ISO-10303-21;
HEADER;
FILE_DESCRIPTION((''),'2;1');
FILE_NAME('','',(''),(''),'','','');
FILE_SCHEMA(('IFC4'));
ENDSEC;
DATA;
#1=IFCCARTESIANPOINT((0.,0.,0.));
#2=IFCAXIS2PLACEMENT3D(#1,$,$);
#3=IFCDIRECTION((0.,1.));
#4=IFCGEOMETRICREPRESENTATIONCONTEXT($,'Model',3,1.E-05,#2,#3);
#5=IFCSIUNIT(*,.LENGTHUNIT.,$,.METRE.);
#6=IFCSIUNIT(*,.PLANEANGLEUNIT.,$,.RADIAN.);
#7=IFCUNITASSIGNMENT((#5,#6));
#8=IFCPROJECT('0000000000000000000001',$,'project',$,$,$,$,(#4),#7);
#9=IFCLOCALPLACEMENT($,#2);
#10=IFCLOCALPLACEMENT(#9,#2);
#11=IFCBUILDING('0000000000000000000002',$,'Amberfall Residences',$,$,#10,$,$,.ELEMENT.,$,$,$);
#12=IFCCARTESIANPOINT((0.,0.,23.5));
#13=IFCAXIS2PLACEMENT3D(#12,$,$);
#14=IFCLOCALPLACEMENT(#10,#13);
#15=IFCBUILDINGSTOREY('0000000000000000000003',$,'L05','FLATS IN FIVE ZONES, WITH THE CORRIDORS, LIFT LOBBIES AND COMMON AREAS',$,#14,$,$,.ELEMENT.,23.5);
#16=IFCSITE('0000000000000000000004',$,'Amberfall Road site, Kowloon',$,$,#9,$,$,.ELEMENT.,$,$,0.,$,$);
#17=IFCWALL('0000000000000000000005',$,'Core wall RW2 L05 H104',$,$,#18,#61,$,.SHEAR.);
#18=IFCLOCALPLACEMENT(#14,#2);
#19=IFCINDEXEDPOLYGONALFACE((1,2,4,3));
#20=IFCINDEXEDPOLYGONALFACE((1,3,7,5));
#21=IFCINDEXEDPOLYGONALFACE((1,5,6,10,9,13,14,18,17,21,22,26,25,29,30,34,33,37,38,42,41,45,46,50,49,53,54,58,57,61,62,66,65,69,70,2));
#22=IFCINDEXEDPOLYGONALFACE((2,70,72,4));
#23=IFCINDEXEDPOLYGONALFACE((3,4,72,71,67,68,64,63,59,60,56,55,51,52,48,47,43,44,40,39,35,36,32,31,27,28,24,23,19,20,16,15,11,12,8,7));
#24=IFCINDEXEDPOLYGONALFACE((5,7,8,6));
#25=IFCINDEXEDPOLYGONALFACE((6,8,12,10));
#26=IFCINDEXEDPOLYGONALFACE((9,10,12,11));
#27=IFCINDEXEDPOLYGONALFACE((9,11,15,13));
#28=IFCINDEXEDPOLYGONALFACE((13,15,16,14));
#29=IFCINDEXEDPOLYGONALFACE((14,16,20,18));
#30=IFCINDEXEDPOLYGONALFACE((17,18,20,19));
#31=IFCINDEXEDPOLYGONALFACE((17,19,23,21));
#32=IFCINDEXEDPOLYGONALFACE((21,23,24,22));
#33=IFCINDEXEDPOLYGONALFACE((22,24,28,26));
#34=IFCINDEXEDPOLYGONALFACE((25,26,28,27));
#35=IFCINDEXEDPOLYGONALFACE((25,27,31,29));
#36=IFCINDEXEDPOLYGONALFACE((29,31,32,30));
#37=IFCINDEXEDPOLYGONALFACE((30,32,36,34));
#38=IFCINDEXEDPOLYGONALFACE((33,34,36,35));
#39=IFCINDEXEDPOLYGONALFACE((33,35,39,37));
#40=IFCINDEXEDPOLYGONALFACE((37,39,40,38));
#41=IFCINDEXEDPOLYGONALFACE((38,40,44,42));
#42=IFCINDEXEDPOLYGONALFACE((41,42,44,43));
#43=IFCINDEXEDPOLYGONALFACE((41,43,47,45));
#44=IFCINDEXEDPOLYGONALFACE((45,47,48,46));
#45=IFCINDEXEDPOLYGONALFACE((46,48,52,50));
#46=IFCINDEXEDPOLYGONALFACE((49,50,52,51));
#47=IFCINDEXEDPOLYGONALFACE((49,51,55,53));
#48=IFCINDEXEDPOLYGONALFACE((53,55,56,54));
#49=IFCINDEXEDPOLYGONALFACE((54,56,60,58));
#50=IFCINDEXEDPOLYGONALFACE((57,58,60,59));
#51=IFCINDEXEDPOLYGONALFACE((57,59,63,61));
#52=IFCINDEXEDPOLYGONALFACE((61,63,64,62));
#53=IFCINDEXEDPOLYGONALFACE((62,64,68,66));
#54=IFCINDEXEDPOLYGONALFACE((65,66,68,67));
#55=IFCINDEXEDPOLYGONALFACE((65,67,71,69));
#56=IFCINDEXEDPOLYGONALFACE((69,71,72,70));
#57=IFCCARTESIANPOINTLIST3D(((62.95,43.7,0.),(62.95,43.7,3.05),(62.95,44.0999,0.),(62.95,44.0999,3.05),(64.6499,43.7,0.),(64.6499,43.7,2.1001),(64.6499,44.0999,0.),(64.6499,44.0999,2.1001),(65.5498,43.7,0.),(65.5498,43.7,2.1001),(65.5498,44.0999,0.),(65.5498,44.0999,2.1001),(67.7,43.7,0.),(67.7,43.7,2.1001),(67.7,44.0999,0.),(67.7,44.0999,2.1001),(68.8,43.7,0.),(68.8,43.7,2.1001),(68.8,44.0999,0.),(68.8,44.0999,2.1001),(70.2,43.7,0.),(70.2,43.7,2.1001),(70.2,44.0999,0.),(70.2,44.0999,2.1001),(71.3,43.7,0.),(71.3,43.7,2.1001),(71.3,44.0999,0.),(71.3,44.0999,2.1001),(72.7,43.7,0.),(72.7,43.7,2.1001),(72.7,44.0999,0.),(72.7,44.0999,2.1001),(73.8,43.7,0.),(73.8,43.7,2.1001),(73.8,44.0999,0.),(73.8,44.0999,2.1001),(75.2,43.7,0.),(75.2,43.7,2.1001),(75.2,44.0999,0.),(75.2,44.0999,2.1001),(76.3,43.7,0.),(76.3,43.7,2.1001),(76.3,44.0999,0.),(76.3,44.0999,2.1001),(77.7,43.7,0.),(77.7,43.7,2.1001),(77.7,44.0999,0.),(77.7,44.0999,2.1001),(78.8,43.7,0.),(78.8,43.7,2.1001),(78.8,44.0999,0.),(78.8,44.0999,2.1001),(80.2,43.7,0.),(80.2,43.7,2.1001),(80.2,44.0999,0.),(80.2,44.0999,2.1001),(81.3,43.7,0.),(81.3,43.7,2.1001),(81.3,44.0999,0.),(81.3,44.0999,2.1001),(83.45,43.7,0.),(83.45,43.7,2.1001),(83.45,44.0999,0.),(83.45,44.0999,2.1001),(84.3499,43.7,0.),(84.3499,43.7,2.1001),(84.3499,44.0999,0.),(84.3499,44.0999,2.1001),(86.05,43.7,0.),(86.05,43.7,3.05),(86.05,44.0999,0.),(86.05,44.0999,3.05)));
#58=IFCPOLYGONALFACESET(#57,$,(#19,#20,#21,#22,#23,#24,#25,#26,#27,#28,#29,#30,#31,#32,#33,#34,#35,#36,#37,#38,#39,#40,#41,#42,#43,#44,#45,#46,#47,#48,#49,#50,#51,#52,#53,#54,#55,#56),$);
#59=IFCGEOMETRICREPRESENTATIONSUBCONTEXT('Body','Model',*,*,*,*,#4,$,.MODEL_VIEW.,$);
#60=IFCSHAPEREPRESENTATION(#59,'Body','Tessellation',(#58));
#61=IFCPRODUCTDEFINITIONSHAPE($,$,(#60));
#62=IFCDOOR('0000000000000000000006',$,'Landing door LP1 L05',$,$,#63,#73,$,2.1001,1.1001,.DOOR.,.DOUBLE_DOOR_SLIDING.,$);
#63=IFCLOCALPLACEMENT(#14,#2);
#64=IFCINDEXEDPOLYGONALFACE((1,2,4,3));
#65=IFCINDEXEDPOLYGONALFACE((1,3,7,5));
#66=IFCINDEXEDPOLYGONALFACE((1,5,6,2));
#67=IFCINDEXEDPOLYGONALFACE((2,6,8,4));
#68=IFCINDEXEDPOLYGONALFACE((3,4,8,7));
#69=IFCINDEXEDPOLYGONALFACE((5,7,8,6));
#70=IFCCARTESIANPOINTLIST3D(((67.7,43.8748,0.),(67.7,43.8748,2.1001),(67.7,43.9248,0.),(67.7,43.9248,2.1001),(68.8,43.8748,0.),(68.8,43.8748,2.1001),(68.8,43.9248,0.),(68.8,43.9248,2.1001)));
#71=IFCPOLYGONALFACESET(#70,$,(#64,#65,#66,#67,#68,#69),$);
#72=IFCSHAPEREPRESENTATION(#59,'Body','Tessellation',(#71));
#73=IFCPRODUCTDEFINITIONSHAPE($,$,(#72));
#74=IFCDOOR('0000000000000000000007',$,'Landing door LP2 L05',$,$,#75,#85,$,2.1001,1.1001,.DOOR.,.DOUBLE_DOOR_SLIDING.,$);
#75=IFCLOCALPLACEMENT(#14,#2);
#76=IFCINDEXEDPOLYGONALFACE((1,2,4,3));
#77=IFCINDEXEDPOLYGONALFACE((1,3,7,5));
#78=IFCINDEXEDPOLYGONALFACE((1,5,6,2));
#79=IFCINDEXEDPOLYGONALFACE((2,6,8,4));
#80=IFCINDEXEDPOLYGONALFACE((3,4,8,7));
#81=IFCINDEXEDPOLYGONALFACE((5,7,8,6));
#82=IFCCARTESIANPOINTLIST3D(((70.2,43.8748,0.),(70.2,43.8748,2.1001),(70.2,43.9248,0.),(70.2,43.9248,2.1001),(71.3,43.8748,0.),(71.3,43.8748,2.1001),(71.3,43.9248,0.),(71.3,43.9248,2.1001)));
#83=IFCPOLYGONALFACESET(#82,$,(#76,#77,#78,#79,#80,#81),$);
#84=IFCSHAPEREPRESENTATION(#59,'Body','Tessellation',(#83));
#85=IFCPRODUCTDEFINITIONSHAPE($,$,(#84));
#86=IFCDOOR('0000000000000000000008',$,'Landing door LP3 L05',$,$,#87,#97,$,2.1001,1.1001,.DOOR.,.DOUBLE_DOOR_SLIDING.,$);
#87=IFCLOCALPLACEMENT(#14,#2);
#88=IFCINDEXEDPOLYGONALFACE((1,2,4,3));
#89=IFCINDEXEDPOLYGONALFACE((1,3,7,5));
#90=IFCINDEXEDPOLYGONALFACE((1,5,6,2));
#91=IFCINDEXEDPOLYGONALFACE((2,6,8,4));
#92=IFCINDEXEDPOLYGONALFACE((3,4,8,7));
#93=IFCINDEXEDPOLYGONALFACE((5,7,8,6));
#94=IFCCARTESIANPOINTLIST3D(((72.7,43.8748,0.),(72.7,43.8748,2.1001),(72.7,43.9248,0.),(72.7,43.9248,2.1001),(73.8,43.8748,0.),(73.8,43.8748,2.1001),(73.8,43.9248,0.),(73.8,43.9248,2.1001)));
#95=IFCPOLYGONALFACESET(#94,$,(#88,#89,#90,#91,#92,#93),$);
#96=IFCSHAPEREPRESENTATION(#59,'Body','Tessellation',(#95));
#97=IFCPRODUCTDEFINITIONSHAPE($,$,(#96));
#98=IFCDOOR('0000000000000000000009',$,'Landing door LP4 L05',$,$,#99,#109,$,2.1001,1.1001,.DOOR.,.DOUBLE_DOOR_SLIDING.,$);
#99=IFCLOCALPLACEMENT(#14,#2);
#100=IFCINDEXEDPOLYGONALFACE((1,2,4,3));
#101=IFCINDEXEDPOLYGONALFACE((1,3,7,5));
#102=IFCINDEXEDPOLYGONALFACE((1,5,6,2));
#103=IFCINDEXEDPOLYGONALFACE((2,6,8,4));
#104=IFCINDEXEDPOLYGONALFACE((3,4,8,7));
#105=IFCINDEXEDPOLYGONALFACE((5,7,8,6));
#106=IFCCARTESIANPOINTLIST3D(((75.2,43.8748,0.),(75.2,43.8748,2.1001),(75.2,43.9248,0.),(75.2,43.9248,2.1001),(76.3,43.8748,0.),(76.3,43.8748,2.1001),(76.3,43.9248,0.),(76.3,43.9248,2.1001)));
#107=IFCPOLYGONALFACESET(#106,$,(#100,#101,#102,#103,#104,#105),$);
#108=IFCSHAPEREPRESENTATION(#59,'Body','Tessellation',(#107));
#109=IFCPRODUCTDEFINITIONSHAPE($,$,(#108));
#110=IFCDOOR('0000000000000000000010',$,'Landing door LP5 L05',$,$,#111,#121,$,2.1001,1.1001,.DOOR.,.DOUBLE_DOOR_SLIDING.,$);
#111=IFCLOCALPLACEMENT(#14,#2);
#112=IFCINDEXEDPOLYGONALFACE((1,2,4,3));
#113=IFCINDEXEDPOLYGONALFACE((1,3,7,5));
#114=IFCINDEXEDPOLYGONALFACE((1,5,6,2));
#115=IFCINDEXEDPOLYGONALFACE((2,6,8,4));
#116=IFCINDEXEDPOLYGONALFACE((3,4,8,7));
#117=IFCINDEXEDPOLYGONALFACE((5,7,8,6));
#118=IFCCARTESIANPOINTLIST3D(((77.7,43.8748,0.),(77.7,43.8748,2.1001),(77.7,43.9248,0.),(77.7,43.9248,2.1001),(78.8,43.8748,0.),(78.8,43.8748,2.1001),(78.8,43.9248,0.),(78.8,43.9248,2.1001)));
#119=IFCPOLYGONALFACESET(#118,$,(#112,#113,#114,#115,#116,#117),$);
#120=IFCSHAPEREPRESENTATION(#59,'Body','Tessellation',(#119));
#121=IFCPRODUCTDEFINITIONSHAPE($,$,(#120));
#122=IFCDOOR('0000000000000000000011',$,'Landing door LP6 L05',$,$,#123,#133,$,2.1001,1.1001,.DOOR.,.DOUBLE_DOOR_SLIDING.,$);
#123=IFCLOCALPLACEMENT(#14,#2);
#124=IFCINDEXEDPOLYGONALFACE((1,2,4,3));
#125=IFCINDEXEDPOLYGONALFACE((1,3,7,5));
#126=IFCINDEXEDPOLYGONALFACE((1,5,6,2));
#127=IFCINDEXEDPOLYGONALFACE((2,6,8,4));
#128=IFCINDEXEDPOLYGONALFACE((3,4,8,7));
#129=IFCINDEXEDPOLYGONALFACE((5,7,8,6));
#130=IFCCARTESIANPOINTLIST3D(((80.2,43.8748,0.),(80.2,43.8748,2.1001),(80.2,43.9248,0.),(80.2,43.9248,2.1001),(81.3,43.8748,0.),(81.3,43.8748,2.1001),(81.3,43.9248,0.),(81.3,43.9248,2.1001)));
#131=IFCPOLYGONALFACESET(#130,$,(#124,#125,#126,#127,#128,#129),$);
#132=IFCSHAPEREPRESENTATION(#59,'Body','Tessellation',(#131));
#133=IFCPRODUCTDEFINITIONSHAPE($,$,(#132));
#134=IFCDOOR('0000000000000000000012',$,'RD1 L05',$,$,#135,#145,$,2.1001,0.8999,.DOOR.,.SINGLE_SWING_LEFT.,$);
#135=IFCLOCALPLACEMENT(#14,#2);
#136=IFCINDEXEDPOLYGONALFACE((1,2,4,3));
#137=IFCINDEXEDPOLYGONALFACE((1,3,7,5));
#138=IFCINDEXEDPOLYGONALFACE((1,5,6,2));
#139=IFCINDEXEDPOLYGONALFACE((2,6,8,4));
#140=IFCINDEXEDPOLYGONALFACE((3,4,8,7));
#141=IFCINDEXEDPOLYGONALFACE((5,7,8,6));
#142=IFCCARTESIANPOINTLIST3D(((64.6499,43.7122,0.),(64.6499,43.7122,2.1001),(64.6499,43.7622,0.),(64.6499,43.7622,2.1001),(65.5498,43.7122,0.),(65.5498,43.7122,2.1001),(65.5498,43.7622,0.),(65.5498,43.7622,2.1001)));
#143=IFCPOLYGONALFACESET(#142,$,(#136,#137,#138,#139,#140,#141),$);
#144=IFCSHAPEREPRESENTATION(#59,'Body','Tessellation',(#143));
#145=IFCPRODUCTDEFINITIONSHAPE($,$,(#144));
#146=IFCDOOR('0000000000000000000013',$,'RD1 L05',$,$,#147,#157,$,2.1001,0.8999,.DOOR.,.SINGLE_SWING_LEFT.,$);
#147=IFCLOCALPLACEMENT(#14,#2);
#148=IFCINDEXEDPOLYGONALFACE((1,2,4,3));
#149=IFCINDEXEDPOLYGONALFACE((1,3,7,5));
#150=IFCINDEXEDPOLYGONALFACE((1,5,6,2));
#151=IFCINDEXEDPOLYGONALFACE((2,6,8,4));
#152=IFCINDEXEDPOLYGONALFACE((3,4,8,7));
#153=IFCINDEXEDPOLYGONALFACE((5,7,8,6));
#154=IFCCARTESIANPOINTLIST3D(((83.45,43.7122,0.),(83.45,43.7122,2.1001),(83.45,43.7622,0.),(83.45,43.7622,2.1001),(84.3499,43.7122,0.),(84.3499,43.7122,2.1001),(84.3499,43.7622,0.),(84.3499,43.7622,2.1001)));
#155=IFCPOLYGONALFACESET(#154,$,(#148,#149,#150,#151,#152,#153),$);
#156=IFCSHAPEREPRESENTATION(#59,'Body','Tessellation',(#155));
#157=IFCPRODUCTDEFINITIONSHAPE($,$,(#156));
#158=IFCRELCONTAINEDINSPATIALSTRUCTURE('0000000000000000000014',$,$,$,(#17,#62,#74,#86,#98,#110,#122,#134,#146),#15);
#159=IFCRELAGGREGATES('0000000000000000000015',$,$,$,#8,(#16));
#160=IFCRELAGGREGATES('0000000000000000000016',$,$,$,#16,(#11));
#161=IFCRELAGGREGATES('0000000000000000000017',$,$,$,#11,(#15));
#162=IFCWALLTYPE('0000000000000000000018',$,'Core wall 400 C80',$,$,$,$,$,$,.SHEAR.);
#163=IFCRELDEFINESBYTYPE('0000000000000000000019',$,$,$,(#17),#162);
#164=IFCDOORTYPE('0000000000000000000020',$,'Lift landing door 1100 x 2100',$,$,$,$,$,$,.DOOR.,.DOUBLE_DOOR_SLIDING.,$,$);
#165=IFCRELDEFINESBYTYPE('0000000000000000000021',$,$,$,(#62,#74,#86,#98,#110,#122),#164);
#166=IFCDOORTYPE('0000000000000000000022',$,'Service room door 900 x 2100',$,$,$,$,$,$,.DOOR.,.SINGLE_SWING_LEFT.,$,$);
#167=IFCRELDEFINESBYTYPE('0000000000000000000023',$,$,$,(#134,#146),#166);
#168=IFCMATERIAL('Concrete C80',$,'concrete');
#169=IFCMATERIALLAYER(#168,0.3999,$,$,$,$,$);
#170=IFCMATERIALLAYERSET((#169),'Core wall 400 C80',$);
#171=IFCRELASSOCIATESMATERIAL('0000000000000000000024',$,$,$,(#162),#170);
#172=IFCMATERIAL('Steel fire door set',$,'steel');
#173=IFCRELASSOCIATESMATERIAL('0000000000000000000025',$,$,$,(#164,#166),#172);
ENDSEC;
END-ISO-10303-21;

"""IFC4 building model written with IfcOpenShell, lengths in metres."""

from ifc_helpers import new_model, si_unit, direction, frame, frame_2d, origin, place, context, subcontext, project, spatial, rectangle, extrude, material, layer, layer_set, type_object, element, fill, save


model = new_model("IFC4")

# Units and contexts
model_context = context("Model", 3, precision=1e-05, world=origin(), true_north=direction((0.0, 1.0)))
body_context = subcontext(model_context, "Body", "Model", "MODEL_VIEW")
ifc_project = project(units=[si_unit("LENGTHUNIT", "METRE"), si_unit("PLANEANGLEUNIT", "RADIAN")], contexts=[model_context])

# Site, building, storey
site_placement = place(None, origin())
site = spatial("IfcSite", under=ifc_project, at=site_placement, Name="Amberfall Road site, Kowloon", CompositionType="ELEMENT", RefElevation=0.0)
building_placement = place(site_placement, origin())
building = spatial("IfcBuilding", under=site, at=building_placement, Name="Amberfall Residences", CompositionType="ELEMENT")
storey_placement = place(building_placement, frame((0.0, 0.0, 23.5)))
storey = spatial("IfcBuildingStorey", under=building, at=storey_placement, Name="L05", Description="FLATS IN FIVE ZONES, WITH THE CORRIDORS, LIFT LOBBIES AND COMMON AREAS", CompositionType="ELEMENT", Elevation=23.5)

# Shared definitions
ifc_material_1 = material(Name="Concrete C80", Category="concrete")
ifc_layer_1 = layer(ifc_material_1, 0.3999)
ifc_layer_set_1 = layer_set([ifc_layer_1], Name="Core wall 400 C80")
wall_type_1 = type_object("IfcWallType", Name="Core wall 400 C80", PredefinedType="SHEAR", material=ifc_layer_set_1)

# Wall, openings, doors
wall_1_placement = place(storey_placement, frame((62.95, 43.8999, 0.0), z_axis=(0.0, 0.0, 1.0), x_axis=(1.0, 0.0, 0.0)))
wall_1 = element("IfcWall", 1, at=wall_1_placement, inside=storey, type_object=wall_type_1, Name="Core wall RW2 L05 H104", PredefinedType="SHEAR", context=body_context, shape_type="SweptSolid", body=[
    extrude(rectangle(XDim=23.1001, YDim=0.3999, at=frame_2d((11.55, 0.0))), origin(), (0.0, 0.0, 1.0), 3.05),
])
opening_1_placement = place(wall_1_placement, frame((1.7, 0.0, 0.0)))
opening_1 = element("IfcOpeningElement", 2, at=opening_1_placement, cuts=wall_1, PredefinedType="OPENING", context=body_context, shape_type="SweptSolid", body=[
    extrude(rectangle(XDim=0.8999, YDim=2.1001, at=frame_2d((0.45, 1.05))), frame((0.0, 0.21, 0.0), z_axis=(0.0, -1.0, 0.0), x_axis=(1.0, 0.0, 0.0)), (0.0, 0.0, 1.0), 0.4199),
])
opening_2_placement = place(wall_1_placement, frame((20.5, 0.0, 0.0)))
opening_2 = element("IfcOpeningElement", 3, at=opening_2_placement, cuts=wall_1, PredefinedType="OPENING", context=body_context, shape_type="SweptSolid", body=[
    extrude(rectangle(XDim=0.8999, YDim=2.1001, at=frame_2d((0.45, 1.05))), frame((0.0, 0.21, 0.0), z_axis=(0.0, -1.0, 0.0), x_axis=(1.0, 0.0, 0.0)), (0.0, 0.0, 1.0), 0.4199),
])
opening_3_placement = place(wall_1_placement, frame((4.75, 0.0, 0.0)))
opening_3 = element("IfcOpeningElement", 4, at=opening_3_placement, cuts=wall_1, PredefinedType="OPENING", context=body_context, shape_type="SweptSolid", body=[
    extrude(rectangle(XDim=1.1001, YDim=2.1001, at=frame_2d((0.55, 1.05))), frame((0.0, 0.21, 0.0), z_axis=(0.0, -1.0, 0.0), x_axis=(1.0, 0.0, 0.0)), (0.0, 0.0, 1.0), 0.4199),
])
opening_4_placement = place(wall_1_placement, frame((7.25, 0.0, 0.0)))
opening_4 = element("IfcOpeningElement", 5, at=opening_4_placement, cuts=wall_1, PredefinedType="OPENING", context=body_context, shape_type="SweptSolid", body=[
    extrude(rectangle(XDim=1.1001, YDim=2.1001, at=frame_2d((0.55, 1.05))), frame((0.0, 0.21, 0.0), z_axis=(0.0, -1.0, 0.0), x_axis=(1.0, 0.0, 0.0)), (0.0, 0.0, 1.0), 0.4199),
])
opening_5_placement = place(wall_1_placement, frame((9.75, 0.0, 0.0)))
opening_5 = element("IfcOpeningElement", 6, at=opening_5_placement, cuts=wall_1, PredefinedType="OPENING", context=body_context, shape_type="SweptSolid", body=[
    extrude(rectangle(XDim=1.1001, YDim=2.1001, at=frame_2d((0.55, 1.05))), frame((0.0, 0.21, 0.0), z_axis=(0.0, -1.0, 0.0), x_axis=(1.0, 0.0, 0.0)), (0.0, 0.0, 1.0), 0.4199),
])
opening_6_placement = place(wall_1_placement, frame((12.25, 0.0, 0.0)))
opening_6 = element("IfcOpeningElement", 7, at=opening_6_placement, cuts=wall_1, PredefinedType="OPENING", context=body_context, shape_type="SweptSolid", body=[
    extrude(rectangle(XDim=1.1001, YDim=2.1001, at=frame_2d((0.55, 1.05))), frame((0.0, 0.21, 0.0), z_axis=(0.0, -1.0, 0.0), x_axis=(1.0, 0.0, 0.0)), (0.0, 0.0, 1.0), 0.4199),
])
opening_7_placement = place(wall_1_placement, frame((14.75, 0.0, 0.0)))
opening_7 = element("IfcOpeningElement", 8, at=opening_7_placement, cuts=wall_1, PredefinedType="OPENING", context=body_context, shape_type="SweptSolid", body=[
    extrude(rectangle(XDim=1.1001, YDim=2.1001, at=frame_2d((0.55, 1.05))), frame((0.0, 0.21, 0.0), z_axis=(0.0, -1.0, 0.0), x_axis=(1.0, 0.0, 0.0)), (0.0, 0.0, 1.0), 0.4199),
])
opening_8_placement = place(wall_1_placement, frame((17.25, 0.0, 0.0)))
opening_8 = element("IfcOpeningElement", 9, at=opening_8_placement, cuts=wall_1, PredefinedType="OPENING", context=body_context, shape_type="SweptSolid", body=[
    extrude(rectangle(XDim=1.1001, YDim=2.1001, at=frame_2d((0.55, 1.05))), frame((0.0, 0.21, 0.0), z_axis=(0.0, -1.0, 0.0), x_axis=(1.0, 0.0, 0.0)), (0.0, 0.0, 1.0), 0.4199),
])
ifc_material_2 = material(Name="Steel fire door set", Category="steel")
door_type_1 = type_object("IfcDoorType", Name="Lift landing door 1100 x 2100", OperationType="DOUBLE_DOOR_SLIDING", PredefinedType="DOOR", material=ifc_material_2)
door_1_placement = place(opening_3_placement, origin())
door_1 = element("IfcDoor", 10, at=door_1_placement, inside=storey, type_object=door_type_1, Name="Landing door LP1 L05", OperationType="DOUBLE_DOOR_SLIDING", OverallHeight=2.1001, OverallWidth=1.1001, PredefinedType="DOOR", context=body_context, shape_type="SweptSolid", body=[
    extrude(rectangle(XDim=1.1001, YDim=2.1001, at=frame_2d((0.55, 1.05))), frame((0.0, 0.0249, 0.0), z_axis=(0.0, -1.0, 0.0), x_axis=(1.0, 0.0, 0.0)), (0.0, 0.0, 1.0), 0.05),
])
fill(opening_3, door_1)
door_2_placement = place(opening_4_placement, origin())
door_2 = element("IfcDoor", 11, at=door_2_placement, inside=storey, type_object=door_type_1, Name="Landing door LP2 L05", OperationType="DOUBLE_DOOR_SLIDING", OverallHeight=2.1001, OverallWidth=1.1001, PredefinedType="DOOR", context=body_context, shape_type="SweptSolid", body=[
    extrude(rectangle(XDim=1.1001, YDim=2.1001, at=frame_2d((0.55, 1.05))), frame((0.0, 0.0249, 0.0), z_axis=(0.0, -1.0, 0.0), x_axis=(1.0, 0.0, 0.0)), (0.0, 0.0, 1.0), 0.05),
])
fill(opening_4, door_2)
door_3_placement = place(opening_5_placement, origin())
door_3 = element("IfcDoor", 12, at=door_3_placement, inside=storey, type_object=door_type_1, Name="Landing door LP3 L05", OperationType="DOUBLE_DOOR_SLIDING", OverallHeight=2.1001, OverallWidth=1.1001, PredefinedType="DOOR", context=body_context, shape_type="SweptSolid", body=[
    extrude(rectangle(XDim=1.1001, YDim=2.1001, at=frame_2d((0.55, 1.05))), frame((0.0, 0.0249, 0.0), z_axis=(0.0, -1.0, 0.0), x_axis=(1.0, 0.0, 0.0)), (0.0, 0.0, 1.0), 0.05),
])
fill(opening_5, door_3)
door_4_placement = place(opening_6_placement, origin())
door_4 = element("IfcDoor", 13, at=door_4_placement, inside=storey, type_object=door_type_1, Name="Landing door LP4 L05", OperationType="DOUBLE_DOOR_SLIDING", OverallHeight=2.1001, OverallWidth=1.1001, PredefinedType="DOOR", context=body_context, shape_type="SweptSolid", body=[
    extrude(rectangle(XDim=1.1001, YDim=2.1001, at=frame_2d((0.55, 1.05))), frame((0.0, 0.0249, 0.0), z_axis=(0.0, -1.0, 0.0), x_axis=(1.0, 0.0, 0.0)), (0.0, 0.0, 1.0), 0.05),
])
fill(opening_6, door_4)
door_5_placement = place(opening_7_placement, origin())
door_5 = element("IfcDoor", 14, at=door_5_placement, inside=storey, type_object=door_type_1, Name="Landing door LP5 L05", OperationType="DOUBLE_DOOR_SLIDING", OverallHeight=2.1001, OverallWidth=1.1001, PredefinedType="DOOR", context=body_context, shape_type="SweptSolid", body=[
    extrude(rectangle(XDim=1.1001, YDim=2.1001, at=frame_2d((0.55, 1.05))), frame((0.0, 0.0249, 0.0), z_axis=(0.0, -1.0, 0.0), x_axis=(1.0, 0.0, 0.0)), (0.0, 0.0, 1.0), 0.05),
])
fill(opening_7, door_5)
door_6_placement = place(opening_8_placement, origin())
door_6 = element("IfcDoor", 15, at=door_6_placement, inside=storey, type_object=door_type_1, Name="Landing door LP6 L05", OperationType="DOUBLE_DOOR_SLIDING", OverallHeight=2.1001, OverallWidth=1.1001, PredefinedType="DOOR", context=body_context, shape_type="SweptSolid", body=[
    extrude(rectangle(XDim=1.1001, YDim=2.1001, at=frame_2d((0.55, 1.05))), frame((0.0, 0.0249, 0.0), z_axis=(0.0, -1.0, 0.0), x_axis=(1.0, 0.0, 0.0)), (0.0, 0.0, 1.0), 0.05),
])
fill(opening_8, door_6)
door_type_2 = type_object("IfcDoorType", Name="Service room door 900 x 2100", OperationType="SINGLE_SWING_LEFT", PredefinedType="DOOR", material=ifc_material_2)
door_7_placement = place(opening_1_placement, origin())
door_7 = element("IfcDoor", 16, at=door_7_placement, inside=storey, type_object=door_type_2, Name="RD1 L05", OperationType="SINGLE_SWING_LEFT", OverallHeight=2.1001, OverallWidth=0.8999, PredefinedType="DOOR", context=body_context, shape_type="SweptSolid", body=[
    extrude(rectangle(XDim=0.8999, YDim=2.1001, at=frame_2d((0.45, 1.05))), frame((0.0, -0.1377, 0.0), z_axis=(0.0, -1.0, 0.0), x_axis=(1.0, 0.0, 0.0)), (0.0, 0.0, 1.0), 0.05),
])
fill(opening_1, door_7)
door_8_placement = place(opening_2_placement, origin())
door_8 = element("IfcDoor", 17, at=door_8_placement, inside=storey, type_object=door_type_2, Name="RD1 L05", OperationType="SINGLE_SWING_LEFT", OverallHeight=2.1001, OverallWidth=0.8999, PredefinedType="DOOR", context=body_context, shape_type="SweptSolid", body=[
    extrude(rectangle(XDim=0.8999, YDim=2.1001, at=frame_2d((0.45, 1.05))), frame((0.0, -0.1377, 0.0), z_axis=(0.0, -1.0, 0.0), x_axis=(1.0, 0.0, 0.0)), (0.0, 0.0, 1.0), 0.05),
])
fill(opening_2, door_8)

save(model, "model.ifc")
